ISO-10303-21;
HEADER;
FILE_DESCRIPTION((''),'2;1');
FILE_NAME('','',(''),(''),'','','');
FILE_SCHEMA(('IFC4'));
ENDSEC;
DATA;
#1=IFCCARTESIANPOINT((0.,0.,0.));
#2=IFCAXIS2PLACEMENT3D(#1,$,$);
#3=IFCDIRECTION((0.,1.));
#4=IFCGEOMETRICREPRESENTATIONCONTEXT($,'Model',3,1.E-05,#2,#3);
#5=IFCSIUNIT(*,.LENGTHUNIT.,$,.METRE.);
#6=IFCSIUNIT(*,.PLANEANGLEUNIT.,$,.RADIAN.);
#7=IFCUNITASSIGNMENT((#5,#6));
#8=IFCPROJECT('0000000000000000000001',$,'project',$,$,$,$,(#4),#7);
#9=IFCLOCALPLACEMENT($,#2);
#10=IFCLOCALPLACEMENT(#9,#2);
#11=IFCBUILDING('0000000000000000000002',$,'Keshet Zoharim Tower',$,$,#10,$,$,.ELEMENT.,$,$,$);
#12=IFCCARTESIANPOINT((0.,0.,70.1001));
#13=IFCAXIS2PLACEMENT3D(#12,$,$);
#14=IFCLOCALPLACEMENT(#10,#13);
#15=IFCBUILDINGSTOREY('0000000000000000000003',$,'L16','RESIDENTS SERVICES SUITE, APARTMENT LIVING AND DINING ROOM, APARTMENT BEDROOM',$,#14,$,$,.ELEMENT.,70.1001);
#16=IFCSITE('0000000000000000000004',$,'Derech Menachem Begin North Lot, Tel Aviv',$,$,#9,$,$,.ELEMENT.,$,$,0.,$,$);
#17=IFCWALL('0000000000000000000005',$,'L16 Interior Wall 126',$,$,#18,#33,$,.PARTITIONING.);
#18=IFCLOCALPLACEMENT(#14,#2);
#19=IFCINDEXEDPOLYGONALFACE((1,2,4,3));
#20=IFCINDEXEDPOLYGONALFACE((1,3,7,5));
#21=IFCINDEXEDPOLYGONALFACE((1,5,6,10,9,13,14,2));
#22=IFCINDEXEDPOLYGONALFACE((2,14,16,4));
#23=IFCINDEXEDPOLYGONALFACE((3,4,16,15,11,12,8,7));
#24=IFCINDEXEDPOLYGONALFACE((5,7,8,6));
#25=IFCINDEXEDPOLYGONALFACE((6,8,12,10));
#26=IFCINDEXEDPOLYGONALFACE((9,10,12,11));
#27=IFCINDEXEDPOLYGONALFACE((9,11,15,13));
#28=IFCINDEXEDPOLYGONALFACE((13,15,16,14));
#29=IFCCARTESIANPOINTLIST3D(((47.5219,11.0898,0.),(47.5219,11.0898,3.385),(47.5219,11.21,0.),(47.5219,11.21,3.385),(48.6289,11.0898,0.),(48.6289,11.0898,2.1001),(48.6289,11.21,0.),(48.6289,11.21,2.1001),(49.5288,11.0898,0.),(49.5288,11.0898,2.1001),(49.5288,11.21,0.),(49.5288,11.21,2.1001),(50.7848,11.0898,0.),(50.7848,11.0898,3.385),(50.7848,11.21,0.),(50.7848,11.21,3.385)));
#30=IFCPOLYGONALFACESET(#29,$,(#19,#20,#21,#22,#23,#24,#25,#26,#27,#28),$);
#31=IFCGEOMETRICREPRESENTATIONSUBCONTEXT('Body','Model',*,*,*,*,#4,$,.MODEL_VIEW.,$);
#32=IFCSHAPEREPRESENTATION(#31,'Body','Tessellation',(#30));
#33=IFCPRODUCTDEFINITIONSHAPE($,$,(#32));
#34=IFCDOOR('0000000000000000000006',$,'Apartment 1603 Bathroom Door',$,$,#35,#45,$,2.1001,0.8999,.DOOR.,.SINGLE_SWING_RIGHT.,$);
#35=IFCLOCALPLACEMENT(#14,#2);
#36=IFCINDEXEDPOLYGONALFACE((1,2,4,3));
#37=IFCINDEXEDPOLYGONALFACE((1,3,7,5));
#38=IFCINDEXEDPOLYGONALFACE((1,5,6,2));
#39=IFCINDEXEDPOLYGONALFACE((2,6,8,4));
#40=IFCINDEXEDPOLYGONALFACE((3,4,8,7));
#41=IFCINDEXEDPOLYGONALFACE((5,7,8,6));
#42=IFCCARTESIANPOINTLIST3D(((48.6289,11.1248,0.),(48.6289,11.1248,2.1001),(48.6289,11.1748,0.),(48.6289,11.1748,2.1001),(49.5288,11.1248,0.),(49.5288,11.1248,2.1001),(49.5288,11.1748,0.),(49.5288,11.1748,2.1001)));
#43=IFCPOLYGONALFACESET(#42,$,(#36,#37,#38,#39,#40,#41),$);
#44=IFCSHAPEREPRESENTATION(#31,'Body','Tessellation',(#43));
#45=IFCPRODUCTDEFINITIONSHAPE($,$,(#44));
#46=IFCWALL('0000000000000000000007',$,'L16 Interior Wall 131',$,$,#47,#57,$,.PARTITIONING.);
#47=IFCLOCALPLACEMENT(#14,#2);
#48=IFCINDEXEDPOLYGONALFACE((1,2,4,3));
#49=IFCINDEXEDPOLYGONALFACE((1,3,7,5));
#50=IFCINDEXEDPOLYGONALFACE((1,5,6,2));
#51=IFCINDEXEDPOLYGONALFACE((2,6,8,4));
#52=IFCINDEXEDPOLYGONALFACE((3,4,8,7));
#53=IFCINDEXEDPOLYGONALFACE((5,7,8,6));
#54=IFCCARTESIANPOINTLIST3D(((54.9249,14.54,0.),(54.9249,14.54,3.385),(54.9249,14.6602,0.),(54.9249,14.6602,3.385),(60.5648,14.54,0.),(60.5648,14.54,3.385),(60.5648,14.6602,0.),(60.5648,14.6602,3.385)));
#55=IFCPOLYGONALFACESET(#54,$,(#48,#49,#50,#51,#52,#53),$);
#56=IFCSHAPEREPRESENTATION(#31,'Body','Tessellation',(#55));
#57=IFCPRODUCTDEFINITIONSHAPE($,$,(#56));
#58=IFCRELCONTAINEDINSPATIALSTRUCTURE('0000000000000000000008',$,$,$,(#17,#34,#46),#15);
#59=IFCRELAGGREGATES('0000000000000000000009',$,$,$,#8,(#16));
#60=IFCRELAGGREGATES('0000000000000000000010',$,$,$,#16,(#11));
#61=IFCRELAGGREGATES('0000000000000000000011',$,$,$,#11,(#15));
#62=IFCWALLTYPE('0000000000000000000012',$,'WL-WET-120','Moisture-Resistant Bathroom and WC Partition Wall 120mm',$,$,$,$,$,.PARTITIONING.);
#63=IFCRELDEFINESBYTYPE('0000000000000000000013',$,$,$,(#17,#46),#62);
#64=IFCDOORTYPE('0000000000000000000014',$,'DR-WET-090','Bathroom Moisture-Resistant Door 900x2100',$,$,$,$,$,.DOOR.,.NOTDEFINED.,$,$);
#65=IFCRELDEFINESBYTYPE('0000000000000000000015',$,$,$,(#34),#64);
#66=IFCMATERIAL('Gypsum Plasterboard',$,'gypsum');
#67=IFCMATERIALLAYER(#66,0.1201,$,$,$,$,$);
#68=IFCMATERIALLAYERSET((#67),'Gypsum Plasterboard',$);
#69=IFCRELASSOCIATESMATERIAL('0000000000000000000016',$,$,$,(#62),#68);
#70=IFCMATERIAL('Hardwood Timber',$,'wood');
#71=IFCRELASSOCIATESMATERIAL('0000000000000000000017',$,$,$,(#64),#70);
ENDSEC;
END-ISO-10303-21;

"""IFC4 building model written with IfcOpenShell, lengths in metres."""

from ifc_helpers import new_model, si_unit, direction, frame, frame_2d, origin, place, context, subcontext, project, spatial, rectangle, extrude, material, layer, layer_set, type_object, element, fill, save


model = new_model("IFC4")

# Units and contexts
model_context = context("Model", 3, precision=1e-05, world=origin(), true_north=direction((0.0, 1.0)))
body_context = subcontext(model_context, "Body", "Model", "MODEL_VIEW")
ifc_project = project(units=[si_unit("LENGTHUNIT", "METRE"), si_unit("PLANEANGLEUNIT", "RADIAN")], contexts=[model_context])

# Site, building, storey
site_placement = place(None, origin())
site = spatial("IfcSite", under=ifc_project, at=site_placement, Name="Derech Menachem Begin North Lot, Tel Aviv", CompositionType="ELEMENT", RefElevation=0.0)
building_placement = place(site_placement, origin())
building = spatial("IfcBuilding", under=site, at=building_placement, Name="Keshet Zoharim Tower", CompositionType="ELEMENT")
storey_placement = place(building_placement, frame((0.0, 0.0, 70.1001)))
storey = spatial("IfcBuildingStorey", under=building, at=storey_placement, Name="L16", Description="RESIDENTS SERVICES SUITE, APARTMENT LIVING AND DINING ROOM, APARTMENT BEDROOM", CompositionType="ELEMENT", Elevation=70.1001)

# Shared definitions
ifc_material_1 = material(Name="Gypsum Plasterboard", Category="gypsum")

# Shared definitions
ifc_material_2 = material(Name="Hardwood Timber", Category="wood")

# Shared definitions
ifc_layer_1 = layer(ifc_material_1, 0.1201)
ifc_layer_set_1 = layer_set([ifc_layer_1], Name="Gypsum Plasterboard")
wall_type_1 = type_object("IfcWallType", Name="WL-WET-120", Description="Moisture-Resistant Bathroom and WC Partition Wall 120mm", PredefinedType="PARTITIONING", material=ifc_layer_set_1)

# Wall, opening, door
door_type_1 = type_object("IfcDoorType", Name="DR-WET-090", Description="Bathroom Moisture-Resistant Door 900x2100", OperationType="NOTDEFINED", PredefinedType="DOOR", material=ifc_material_2)
wall_1_placement = place(storey_placement, frame((47.522, 11.1499, 0.0), z_axis=(0.0, 0.0, 1.0), x_axis=(1.0, 0.0, 0.0)))
wall_1 = element("IfcWall", 1, at=wall_1_placement, inside=storey, type_object=wall_type_1, Name="L16 Interior Wall 126", PredefinedType="PARTITIONING", context=body_context, shape_type="SweptSolid", body=[
    extrude(rectangle(XDim=3.2629, YDim=0.1201, at=frame_2d((1.6313, 0.0))), origin(), (0.0, 0.0, 1.0), 3.385),
])
opening_1_placement = place(wall_1_placement, frame((1.1069, 0.0, 0.0)))
opening_1 = element("IfcOpeningElement", 2, at=opening_1_placement, cuts=wall_1, PredefinedType="OPENING", context=body_context, shape_type="SweptSolid", body=[
    extrude(rectangle(XDim=0.8999, YDim=2.1001, at=frame_2d((0.45, 1.05))), frame((0.0, 0.0701, 0.0), z_axis=(0.0, -1.0, 0.0), x_axis=(1.0, 0.0, 0.0)), (0.0, 0.0, 1.0), 0.1401),
])
door_1_placement = place(opening_1_placement, origin())
door_1 = element("IfcDoor", 3, at=door_1_placement, inside=storey, type_object=door_type_1, Name="Apartment 1603 Bathroom Door", OperationType="SINGLE_SWING_RIGHT", OverallHeight=2.1001, OverallWidth=0.8999, PredefinedType="DOOR", context=body_context, shape_type="SweptSolid", body=[
    extrude(rectangle(XDim=0.8999, YDim=2.1001, at=frame_2d((0.45, 1.05))), frame((0.0, 0.0249, 0.0), z_axis=(0.0, -1.0, 0.0), x_axis=(1.0, 0.0, 0.0)), (0.0, 0.0, 1.0), 0.05),
])
fill(opening_1, door_1)

# Wall
wall_2_placement = place(storey_placement, frame((54.925, 14.6001, 0.0), z_axis=(0.0, 0.0, 1.0), x_axis=(1.0, 0.0, 0.0)))
element("IfcWall", 4, at=wall_2_placement, inside=storey, type_object=wall_type_1, Name="L16 Interior Wall 131", PredefinedType="PARTITIONING", context=body_context, shape_type="SweptSolid", body=[
    extrude(rectangle(XDim=5.6399, YDim=0.1201, at=frame_2d((2.8198, 0.0))), origin(), (0.0, 0.0, 1.0), 3.385),
])

save(model, "model.ifc")
